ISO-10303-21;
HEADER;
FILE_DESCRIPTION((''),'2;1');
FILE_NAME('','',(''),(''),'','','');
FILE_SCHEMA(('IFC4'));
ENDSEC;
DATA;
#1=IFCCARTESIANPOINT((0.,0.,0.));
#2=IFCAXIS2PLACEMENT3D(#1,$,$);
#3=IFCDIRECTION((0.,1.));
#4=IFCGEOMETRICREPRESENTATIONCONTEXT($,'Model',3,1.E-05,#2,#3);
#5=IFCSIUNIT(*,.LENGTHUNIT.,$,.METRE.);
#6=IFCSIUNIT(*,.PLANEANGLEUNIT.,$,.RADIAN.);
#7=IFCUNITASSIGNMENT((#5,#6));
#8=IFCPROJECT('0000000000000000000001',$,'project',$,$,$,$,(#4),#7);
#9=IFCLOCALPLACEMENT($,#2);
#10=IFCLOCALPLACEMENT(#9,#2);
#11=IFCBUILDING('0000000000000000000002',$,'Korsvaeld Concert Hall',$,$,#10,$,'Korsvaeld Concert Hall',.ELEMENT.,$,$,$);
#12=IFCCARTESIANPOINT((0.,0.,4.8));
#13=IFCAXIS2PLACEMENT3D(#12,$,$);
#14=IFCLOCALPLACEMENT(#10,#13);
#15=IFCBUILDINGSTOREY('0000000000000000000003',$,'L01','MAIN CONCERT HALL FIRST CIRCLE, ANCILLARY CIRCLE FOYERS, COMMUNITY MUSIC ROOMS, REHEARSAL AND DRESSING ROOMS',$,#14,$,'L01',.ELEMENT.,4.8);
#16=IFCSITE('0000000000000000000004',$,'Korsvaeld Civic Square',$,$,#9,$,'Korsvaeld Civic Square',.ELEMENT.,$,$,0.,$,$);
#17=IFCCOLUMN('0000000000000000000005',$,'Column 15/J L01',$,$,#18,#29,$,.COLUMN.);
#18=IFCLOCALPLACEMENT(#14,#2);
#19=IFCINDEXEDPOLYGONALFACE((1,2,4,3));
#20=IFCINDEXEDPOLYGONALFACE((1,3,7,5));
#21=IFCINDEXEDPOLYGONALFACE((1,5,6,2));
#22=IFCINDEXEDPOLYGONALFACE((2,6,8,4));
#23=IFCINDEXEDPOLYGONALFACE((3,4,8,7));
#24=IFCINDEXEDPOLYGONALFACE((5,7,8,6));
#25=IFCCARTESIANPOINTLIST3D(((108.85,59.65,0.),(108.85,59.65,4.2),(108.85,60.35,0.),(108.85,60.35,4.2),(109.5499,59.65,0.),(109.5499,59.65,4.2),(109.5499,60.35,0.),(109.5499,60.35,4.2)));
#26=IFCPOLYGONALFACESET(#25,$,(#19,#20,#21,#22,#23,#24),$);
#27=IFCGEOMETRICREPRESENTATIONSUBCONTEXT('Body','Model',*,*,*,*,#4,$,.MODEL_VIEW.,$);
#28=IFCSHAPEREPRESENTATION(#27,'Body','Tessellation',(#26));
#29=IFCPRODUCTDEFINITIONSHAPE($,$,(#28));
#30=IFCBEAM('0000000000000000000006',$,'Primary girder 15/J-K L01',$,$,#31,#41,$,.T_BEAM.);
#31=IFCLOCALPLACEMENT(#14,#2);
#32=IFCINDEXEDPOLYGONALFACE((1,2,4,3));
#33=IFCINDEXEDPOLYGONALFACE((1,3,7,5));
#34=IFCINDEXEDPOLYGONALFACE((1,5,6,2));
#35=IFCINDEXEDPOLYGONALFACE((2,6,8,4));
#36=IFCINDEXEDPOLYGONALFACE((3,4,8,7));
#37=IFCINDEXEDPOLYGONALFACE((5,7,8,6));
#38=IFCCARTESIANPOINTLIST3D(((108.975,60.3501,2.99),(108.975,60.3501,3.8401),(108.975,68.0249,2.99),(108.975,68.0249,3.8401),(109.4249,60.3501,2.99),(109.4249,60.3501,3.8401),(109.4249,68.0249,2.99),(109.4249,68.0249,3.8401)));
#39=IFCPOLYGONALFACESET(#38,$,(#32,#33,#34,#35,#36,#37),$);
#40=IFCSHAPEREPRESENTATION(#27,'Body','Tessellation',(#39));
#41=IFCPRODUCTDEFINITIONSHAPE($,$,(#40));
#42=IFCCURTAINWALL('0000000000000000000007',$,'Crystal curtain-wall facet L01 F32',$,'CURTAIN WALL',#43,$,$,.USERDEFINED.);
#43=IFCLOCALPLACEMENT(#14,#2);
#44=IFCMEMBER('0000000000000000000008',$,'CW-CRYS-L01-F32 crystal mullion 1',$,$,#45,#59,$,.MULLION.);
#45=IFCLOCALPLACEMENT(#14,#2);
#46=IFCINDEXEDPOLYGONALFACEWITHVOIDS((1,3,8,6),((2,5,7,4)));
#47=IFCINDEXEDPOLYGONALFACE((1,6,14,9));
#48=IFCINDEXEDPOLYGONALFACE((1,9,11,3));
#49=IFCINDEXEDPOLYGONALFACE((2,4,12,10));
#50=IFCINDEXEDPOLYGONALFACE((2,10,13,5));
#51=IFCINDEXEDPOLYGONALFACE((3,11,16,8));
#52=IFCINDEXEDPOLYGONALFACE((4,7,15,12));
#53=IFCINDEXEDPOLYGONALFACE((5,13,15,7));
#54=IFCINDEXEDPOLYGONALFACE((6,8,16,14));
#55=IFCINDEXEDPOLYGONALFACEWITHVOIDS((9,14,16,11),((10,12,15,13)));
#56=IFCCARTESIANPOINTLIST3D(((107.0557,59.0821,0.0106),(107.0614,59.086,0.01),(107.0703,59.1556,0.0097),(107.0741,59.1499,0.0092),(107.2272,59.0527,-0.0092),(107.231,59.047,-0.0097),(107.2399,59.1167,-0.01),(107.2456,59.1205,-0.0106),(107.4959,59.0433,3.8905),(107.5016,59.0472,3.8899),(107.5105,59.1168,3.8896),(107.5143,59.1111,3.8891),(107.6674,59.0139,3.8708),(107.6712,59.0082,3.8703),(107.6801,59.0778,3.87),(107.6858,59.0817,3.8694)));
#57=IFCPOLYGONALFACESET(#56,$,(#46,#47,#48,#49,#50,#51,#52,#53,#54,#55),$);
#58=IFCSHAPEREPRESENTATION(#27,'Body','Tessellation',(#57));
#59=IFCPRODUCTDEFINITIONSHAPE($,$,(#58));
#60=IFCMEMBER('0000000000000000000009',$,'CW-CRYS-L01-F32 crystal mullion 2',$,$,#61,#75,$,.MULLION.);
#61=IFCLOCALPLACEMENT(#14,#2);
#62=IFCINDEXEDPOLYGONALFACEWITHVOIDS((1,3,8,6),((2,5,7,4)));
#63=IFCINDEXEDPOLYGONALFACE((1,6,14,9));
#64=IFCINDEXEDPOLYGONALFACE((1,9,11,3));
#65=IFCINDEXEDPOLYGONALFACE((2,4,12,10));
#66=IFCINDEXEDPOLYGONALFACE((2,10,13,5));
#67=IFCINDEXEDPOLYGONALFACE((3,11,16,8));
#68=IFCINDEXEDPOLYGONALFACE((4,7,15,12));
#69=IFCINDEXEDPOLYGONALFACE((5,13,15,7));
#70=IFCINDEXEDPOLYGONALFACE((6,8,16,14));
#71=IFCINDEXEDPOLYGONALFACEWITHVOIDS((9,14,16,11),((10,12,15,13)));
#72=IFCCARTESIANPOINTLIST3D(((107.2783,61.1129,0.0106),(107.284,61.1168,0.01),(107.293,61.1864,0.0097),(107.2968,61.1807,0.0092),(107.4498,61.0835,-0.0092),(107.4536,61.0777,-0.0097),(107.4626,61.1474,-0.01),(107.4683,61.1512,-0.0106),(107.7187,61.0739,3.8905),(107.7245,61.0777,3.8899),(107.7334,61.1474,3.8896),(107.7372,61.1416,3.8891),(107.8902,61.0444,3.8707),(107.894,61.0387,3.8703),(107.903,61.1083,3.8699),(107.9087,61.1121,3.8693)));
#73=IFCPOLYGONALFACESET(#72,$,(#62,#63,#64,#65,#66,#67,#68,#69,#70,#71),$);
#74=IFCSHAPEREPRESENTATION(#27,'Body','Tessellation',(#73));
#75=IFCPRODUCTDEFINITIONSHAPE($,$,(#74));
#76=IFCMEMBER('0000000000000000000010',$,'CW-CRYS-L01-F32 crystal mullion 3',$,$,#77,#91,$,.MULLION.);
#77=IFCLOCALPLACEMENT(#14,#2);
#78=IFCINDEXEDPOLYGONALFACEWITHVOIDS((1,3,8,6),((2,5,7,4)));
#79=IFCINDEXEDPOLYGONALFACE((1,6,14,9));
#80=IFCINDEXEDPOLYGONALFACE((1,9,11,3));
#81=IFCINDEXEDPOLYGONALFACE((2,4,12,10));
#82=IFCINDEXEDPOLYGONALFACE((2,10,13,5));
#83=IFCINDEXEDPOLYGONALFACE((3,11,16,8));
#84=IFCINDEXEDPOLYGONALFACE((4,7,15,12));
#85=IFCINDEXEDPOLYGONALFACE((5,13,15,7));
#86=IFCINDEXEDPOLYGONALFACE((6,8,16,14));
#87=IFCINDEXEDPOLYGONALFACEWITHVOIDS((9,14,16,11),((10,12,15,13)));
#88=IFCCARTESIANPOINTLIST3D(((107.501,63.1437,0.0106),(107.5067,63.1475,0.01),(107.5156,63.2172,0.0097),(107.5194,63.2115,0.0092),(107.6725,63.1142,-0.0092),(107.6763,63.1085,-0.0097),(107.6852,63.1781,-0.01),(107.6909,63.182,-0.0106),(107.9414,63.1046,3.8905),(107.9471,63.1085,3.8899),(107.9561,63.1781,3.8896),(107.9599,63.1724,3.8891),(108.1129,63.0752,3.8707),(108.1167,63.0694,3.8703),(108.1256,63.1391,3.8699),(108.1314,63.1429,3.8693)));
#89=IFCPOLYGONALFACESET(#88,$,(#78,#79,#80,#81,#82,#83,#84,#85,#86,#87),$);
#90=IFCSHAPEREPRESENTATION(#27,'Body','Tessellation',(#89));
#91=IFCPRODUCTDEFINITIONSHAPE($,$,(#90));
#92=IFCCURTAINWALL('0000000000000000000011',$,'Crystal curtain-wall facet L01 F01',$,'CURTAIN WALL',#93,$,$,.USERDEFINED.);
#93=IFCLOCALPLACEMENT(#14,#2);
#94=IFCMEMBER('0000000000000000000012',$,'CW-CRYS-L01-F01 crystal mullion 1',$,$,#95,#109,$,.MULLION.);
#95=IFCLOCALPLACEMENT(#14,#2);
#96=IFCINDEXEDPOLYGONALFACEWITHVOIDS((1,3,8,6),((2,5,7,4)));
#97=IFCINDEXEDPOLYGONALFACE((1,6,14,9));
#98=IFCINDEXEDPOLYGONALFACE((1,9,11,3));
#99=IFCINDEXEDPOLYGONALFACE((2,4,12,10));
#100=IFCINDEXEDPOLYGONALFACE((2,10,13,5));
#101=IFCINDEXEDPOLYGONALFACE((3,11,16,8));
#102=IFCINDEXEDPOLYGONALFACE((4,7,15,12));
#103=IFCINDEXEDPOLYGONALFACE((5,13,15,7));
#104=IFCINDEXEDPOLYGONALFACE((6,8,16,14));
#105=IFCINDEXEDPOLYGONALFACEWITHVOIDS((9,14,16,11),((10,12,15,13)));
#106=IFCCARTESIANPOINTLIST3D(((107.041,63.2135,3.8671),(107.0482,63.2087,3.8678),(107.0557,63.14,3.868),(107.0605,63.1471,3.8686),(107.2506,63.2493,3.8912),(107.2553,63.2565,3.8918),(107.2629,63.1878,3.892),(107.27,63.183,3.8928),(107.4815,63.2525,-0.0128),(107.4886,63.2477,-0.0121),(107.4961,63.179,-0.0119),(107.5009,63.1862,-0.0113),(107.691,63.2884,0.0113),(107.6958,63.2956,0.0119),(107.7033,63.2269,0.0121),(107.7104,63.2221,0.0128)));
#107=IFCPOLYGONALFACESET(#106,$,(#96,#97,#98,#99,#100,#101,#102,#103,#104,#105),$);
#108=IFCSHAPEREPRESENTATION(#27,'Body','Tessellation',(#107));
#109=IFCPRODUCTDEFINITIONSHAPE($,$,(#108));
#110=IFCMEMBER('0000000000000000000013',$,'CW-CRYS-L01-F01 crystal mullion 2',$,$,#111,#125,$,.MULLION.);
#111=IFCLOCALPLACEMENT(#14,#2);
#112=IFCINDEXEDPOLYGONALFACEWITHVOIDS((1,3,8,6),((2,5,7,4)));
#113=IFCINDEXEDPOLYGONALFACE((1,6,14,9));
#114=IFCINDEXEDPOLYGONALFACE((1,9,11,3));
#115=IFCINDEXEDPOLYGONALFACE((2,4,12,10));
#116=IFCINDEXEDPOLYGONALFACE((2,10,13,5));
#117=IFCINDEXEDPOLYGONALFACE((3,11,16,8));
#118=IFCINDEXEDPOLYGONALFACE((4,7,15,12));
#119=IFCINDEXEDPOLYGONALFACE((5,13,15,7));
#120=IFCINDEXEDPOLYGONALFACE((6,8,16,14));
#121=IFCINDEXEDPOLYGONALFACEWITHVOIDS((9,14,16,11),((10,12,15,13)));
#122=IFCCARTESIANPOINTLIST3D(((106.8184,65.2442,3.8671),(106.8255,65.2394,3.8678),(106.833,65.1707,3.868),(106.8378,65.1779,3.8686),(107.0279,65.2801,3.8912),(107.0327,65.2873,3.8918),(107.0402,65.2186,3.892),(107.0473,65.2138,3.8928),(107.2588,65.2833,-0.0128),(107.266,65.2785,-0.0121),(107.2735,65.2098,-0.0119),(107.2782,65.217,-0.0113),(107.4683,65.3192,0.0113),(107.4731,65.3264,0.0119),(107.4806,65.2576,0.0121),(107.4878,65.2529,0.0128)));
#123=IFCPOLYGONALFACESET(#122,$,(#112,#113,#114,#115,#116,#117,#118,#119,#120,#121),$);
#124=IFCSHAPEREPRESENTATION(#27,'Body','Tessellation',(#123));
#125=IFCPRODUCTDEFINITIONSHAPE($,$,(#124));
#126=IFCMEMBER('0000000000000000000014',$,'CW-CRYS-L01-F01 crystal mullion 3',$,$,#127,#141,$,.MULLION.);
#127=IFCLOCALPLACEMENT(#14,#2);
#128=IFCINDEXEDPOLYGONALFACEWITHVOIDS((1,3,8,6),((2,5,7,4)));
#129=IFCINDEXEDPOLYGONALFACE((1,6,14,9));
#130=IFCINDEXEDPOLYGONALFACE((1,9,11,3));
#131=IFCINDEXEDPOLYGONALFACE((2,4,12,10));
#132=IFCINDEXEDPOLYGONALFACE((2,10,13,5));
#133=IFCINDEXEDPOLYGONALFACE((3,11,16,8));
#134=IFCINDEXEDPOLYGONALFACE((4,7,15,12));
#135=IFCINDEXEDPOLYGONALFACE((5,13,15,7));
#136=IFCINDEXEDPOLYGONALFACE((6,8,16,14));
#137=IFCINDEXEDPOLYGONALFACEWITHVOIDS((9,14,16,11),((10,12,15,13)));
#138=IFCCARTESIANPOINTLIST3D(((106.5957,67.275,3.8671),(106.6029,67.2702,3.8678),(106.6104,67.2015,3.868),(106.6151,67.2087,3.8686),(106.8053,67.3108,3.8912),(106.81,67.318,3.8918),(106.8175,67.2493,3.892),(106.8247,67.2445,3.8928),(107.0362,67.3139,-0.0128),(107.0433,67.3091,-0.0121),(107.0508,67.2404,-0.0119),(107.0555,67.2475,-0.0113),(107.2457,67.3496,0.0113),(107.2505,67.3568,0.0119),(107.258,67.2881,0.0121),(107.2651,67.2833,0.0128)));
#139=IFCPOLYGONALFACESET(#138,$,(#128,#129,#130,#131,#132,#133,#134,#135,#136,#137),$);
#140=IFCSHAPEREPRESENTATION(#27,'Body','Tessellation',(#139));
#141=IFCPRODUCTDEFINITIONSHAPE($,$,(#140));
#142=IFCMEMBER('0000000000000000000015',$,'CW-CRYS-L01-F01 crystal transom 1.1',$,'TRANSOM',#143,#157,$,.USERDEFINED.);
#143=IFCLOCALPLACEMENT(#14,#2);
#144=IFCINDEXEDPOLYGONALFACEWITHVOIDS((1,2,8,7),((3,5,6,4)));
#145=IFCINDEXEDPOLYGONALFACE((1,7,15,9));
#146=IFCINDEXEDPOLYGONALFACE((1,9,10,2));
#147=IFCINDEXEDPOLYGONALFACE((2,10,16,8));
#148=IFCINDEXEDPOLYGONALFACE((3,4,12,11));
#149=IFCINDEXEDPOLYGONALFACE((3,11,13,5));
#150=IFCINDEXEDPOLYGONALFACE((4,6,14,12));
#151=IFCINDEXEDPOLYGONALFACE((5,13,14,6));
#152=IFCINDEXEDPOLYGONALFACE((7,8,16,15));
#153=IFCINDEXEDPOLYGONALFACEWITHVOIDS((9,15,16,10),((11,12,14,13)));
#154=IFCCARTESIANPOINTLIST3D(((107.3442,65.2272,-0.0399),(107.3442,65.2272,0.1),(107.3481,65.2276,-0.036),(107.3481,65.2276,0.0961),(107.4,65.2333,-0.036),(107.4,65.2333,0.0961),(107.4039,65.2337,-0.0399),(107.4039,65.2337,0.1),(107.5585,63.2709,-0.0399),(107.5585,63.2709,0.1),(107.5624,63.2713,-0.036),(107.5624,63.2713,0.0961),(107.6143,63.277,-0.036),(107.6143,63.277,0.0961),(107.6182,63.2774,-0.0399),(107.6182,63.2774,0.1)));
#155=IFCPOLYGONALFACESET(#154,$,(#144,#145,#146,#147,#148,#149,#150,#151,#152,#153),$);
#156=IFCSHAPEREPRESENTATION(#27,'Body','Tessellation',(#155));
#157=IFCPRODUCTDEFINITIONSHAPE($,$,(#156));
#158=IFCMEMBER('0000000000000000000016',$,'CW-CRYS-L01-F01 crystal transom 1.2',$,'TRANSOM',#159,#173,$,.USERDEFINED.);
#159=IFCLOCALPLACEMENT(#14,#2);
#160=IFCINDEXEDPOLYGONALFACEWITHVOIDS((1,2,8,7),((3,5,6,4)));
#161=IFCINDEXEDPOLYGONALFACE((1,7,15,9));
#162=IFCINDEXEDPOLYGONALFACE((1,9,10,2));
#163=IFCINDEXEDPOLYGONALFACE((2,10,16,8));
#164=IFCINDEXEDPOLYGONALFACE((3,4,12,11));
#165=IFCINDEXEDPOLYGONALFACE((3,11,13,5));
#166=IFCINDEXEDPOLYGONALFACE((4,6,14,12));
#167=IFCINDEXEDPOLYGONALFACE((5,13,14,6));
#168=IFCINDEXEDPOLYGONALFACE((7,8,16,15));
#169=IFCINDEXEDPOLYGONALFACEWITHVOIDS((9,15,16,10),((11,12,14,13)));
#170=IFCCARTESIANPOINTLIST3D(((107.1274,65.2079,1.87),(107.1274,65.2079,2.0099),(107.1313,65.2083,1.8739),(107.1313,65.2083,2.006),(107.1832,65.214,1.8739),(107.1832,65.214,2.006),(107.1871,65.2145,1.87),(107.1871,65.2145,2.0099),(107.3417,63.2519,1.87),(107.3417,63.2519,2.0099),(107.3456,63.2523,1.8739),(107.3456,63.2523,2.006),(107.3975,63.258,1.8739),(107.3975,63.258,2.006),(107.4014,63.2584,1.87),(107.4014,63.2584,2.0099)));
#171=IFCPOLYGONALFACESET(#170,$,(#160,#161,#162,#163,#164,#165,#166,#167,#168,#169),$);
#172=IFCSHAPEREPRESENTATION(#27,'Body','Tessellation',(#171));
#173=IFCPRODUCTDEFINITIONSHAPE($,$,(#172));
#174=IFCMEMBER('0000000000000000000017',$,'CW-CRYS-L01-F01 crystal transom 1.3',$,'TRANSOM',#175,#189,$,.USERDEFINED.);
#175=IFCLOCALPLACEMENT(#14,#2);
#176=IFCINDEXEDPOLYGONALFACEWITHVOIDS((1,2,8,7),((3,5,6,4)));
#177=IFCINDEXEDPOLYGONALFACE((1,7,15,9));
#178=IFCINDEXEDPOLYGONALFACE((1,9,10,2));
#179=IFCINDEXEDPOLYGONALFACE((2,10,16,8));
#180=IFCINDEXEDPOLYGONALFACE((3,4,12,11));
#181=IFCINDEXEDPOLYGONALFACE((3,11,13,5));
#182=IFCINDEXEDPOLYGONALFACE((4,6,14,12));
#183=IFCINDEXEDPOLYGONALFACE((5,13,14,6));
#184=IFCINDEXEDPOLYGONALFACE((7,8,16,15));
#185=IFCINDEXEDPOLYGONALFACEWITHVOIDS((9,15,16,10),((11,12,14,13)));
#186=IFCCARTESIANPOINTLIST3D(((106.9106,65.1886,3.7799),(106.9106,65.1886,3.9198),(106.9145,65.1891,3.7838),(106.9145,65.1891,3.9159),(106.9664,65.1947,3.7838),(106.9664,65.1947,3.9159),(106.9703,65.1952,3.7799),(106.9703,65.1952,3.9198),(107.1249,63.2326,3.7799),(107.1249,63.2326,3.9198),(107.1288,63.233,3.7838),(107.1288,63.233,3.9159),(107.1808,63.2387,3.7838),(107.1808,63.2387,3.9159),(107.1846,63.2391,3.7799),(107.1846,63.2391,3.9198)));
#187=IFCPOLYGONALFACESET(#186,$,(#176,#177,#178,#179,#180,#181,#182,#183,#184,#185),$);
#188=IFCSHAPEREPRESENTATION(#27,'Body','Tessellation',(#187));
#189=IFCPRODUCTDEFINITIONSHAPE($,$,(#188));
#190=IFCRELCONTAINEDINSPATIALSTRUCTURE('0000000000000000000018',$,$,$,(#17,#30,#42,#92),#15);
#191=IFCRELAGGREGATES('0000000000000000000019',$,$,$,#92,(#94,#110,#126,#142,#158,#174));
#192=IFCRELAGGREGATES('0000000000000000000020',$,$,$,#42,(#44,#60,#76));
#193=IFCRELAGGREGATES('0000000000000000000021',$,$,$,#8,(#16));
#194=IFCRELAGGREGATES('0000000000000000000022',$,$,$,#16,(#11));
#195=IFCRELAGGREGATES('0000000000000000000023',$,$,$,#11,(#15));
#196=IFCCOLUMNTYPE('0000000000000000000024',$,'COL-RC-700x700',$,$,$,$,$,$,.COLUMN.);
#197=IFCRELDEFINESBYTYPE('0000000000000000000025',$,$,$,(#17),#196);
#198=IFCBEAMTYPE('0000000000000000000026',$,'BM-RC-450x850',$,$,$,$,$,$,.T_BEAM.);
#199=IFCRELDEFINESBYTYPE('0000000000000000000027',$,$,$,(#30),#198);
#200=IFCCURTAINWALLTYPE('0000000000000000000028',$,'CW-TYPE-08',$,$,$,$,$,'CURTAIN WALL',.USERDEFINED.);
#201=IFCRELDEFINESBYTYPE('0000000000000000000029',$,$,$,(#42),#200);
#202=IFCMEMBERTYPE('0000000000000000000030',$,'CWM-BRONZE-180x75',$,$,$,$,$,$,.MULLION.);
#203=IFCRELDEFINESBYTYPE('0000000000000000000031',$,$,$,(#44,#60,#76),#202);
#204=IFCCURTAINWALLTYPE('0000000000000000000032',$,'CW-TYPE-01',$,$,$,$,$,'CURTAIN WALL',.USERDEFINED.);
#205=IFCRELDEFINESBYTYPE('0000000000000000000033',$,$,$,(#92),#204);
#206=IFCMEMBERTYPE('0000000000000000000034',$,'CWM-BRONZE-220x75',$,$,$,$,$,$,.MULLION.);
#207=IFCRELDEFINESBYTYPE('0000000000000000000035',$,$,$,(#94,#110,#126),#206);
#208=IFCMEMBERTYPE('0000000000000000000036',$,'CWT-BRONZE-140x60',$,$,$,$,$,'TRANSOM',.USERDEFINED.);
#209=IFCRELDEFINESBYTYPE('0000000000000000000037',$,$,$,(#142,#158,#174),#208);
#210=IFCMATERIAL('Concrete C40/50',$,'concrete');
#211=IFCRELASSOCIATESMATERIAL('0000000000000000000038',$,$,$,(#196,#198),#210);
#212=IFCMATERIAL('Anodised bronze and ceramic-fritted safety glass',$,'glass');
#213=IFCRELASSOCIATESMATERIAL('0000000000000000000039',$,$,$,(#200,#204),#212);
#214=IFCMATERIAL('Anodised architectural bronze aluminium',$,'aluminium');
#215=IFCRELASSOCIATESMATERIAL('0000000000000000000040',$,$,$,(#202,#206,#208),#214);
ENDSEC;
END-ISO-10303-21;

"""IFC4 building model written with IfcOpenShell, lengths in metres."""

from ifc_helpers import new_model, si_unit, direction, frame, origin, origin_2d, place, context, subcontext, project, spatial, rectangle, hollow_rectangle, extrude, material, material_profile, profile_set, type_object, element, aggregate, save


model = new_model("IFC4")

# Units and contexts
model_context = context("Model", 3, precision=1e-05, world=origin(), true_north=direction((0.0, 1.0)))
body_context = subcontext(model_context, "Body", "Model", "MODEL_VIEW")
ifc_project = project(units=[si_unit("LENGTHUNIT", "METRE"), si_unit("PLANEANGLEUNIT", "RADIAN")], contexts=[model_context])

# Site, building, storey
site_placement = place(None, origin())
site = spatial("IfcSite", under=ifc_project, at=site_placement, Name="Korsvaeld Civic Square", LongName="Korsvaeld Civic Square", CompositionType="ELEMENT", RefElevation=0.0)
building_placement = place(site_placement, origin())
building = spatial("IfcBuilding", under=site, at=building_placement, Name="Korsvaeld Concert Hall", LongName="Korsvaeld Concert Hall", CompositionType="ELEMENT")
storey_placement = place(building_placement, frame((0.0, 0.0, 4.8)))
storey = spatial("IfcBuildingStorey", under=building, at=storey_placement, Name="L01", Description="MAIN CONCERT HALL FIRST CIRCLE, ANCILLARY CIRCLE FOYERS, COMMUNITY MUSIC ROOMS, REHEARSAL AND DRESSING ROOMS", LongName="L01", CompositionType="ELEMENT", Elevation=4.8)

# Column
ifc_material_1 = material(Name="Concrete C40/50", Category="concrete")
ifc_material_profile_1 = material_profile(ifc_material_1, rectangle(XDim=0.7, YDim=0.7, at=origin_2d()), Name="RC 700x700")
ifc_profile_set_1 = profile_set([ifc_material_profile_1], Name="Concrete C40/50")
column_type = type_object("IfcColumnType", Name="COL-RC-700x700", PredefinedType="COLUMN", material=ifc_profile_set_1)
column_placement = place(storey_placement, frame((109.2, 60.0, 0.0), z_axis=(0.0, 0.0, 1.0), x_axis=(1.0, 0.0, 0.0)))
element("IfcColumn", 1, at=column_placement, inside=storey, type_object=column_type, Name="Column 15/J L01", PredefinedType="COLUMN", context=body_context, shape_type="SweptSolid", body=[
    extrude(rectangle(XDim=0.7, YDim=0.7, at=origin_2d()), origin(), (0.0, 0.0, 1.0), 4.2),
])

# Beam
ifc_material_profile_2 = material_profile(ifc_material_1, rectangle(XDim=0.45, YDim=0.8501, at=origin_2d()), Name="RC 450x850")
ifc_profile_set_2 = profile_set([ifc_material_profile_2], Name="Concrete C40/50")
beam_type = type_object("IfcBeamType", Name="BM-RC-450x850", PredefinedType="T_BEAM", material=ifc_profile_set_2)
beam_placement = place(storey_placement, frame((109.2, 60.3501, 3.415), z_axis=(0.0, 1.0, 0.0), x_axis=(-1.0, 0.0, 0.0)))
element("IfcBeam", 2, at=beam_placement, inside=storey, type_object=beam_type, Name="Primary girder 15/J-K L01", PredefinedType="T_BEAM", context=body_context, shape_type="SweptSolid", body=[
    extrude(rectangle(XDim=0.45, YDim=0.8501, at=origin_2d()), origin(), (0.0, 0.0, 1.0), 7.6748),
])

# Curtain walls, members
ifc_material_2 = material(Name="Anodised bronze and ceramic-fritted safety glass", Category="glass")
curtain_wall_type_1 = type_object("IfcCurtainWallType", Name="CW-TYPE-08", ElementType="CURTAIN WALL", PredefinedType="USERDEFINED", material=ifc_material_2)
curtain_wall_1_placement = place(storey_placement, origin())
curtain_wall_1 = element("IfcCurtainWall", 3, at=curtain_wall_1_placement, inside=storey, type_object=curtain_wall_type_1, Name="Crystal curtain-wall facet L01 F32", ObjectType="CURTAIN WALL", PredefinedType="USERDEFINED")
ifc_material_3 = material(Name="Anodised architectural bronze aluminium", Category="aluminium")
ifc_material_profile_3 = material_profile(ifc_material_3, hollow_rectangle(XDim=0.075, YDim=0.1799, WallThickness=0.0049, at=origin_2d()), Name="CWM 180x75x5")
ifc_profile_set_3 = profile_set([ifc_material_profile_3], Name="Anodised architectural bronze aluminium")
member_type_1 = type_object("IfcMemberType", Name="CWM-BRONZE-180x75", PredefinedType="MULLION", material=ifc_profile_set_3)
member_1_placement = place(storey_placement, frame((107.1506, 59.1013, 0.0), z_axis=(0.112725, -0.009941, 0.993577), x_axis=(-0.1952, -0.980686, 0.012334)))
member_1 = element("IfcMember", 4, at=member_1_placement, type_object=member_type_1, Name="CW-CRYS-L01-F32 crystal mullion 1", PredefinedType="MULLION", context=body_context, shape_type="SweptSolid", body=[
    extrude(hollow_rectangle(XDim=0.075, YDim=0.1799, WallThickness=0.0049, at=origin_2d()), origin(), (0.0, 0.0, 1.0), 3.905),
])
member_2_placement = place(storey_placement, frame((107.3733, 61.1321, 0.0), z_axis=(0.112786, -0.010003, 0.993569), x_axis=(-0.195691, -0.980588, 0.012342)))
member_2 = element("IfcMember", 5, at=member_2_placement, type_object=member_type_1, Name="CW-CRYS-L01-F32 crystal mullion 2", PredefinedType="MULLION", context=body_context, shape_type="SweptSolid", body=[
    extrude(hollow_rectangle(XDim=0.075, YDim=0.1799, WallThickness=0.0049, at=origin_2d()), origin(), (0.0, 0.0, 1.0), 3.905),
])
member_3_placement = place(storey_placement, frame((107.5959, 63.1628, 0.0), z_axis=(0.112786, -0.010003, 0.993569), x_axis=(-0.195691, -0.980588, 0.012342)))
member_3 = element("IfcMember", 6, at=member_3_placement, type_object=member_type_1, Name="CW-CRYS-L01-F32 crystal mullion 3", PredefinedType="MULLION", context=body_context, shape_type="SweptSolid", body=[
    extrude(hollow_rectangle(XDim=0.075, YDim=0.1799, WallThickness=0.0049, at=origin_2d()), origin(), (0.0, 0.0, 1.0), 3.905),
])
curtain_wall_type_2 = type_object("IfcCurtainWallType", Name="CW-TYPE-01", ElementType="CURTAIN WALL", PredefinedType="USERDEFINED", material=ifc_material_2)
curtain_wall_2_placement = place(storey_placement, origin())
curtain_wall_2 = element("IfcCurtainWall", 7, at=curtain_wall_2_placement, inside=storey, type_object=curtain_wall_type_2, Name="Crystal curtain-wall facet L01 F01", ObjectType="CURTAIN WALL", PredefinedType="USERDEFINED")
ifc_material_profile_4 = material_profile(ifc_material_3, hollow_rectangle(XDim=0.075, YDim=0.22, WallThickness=0.0061, at=origin_2d()), Name="CWM 220x75x6")
ifc_profile_set_4 = profile_set([ifc_material_profile_4], Name="Anodised architectural bronze aluminium")
member_type_2 = type_object("IfcMemberType", Name="CWM-BRONZE-220x75", PredefinedType="MULLION", material=ifc_profile_set_4)
member_4_placement = place(storey_placement, frame((107.5959, 63.2373, 0.0), z_axis=(-0.112786, -0.010003, 0.993569), x_axis=(-0.195691, 0.980588, -0.012342)))
member_4 = element("IfcMember", 8, at=member_4_placement, type_object=member_type_2, Name="CW-CRYS-L01-F01 crystal mullion 1", PredefinedType="MULLION", context=body_context, shape_type="SweptSolid", body=[
    extrude(hollow_rectangle(XDim=0.075, YDim=0.22, WallThickness=0.0061, at=origin_2d()), origin(), (0.0, 0.0, 1.0), 3.905),
])
member_5_placement = place(storey_placement, frame((107.3733, 65.2681, 0.0), z_axis=(-0.112786, -0.010003, 0.993569), x_axis=(-0.195691, 0.980588, -0.012342)))
member_5 = element("IfcMember", 9, at=member_5_placement, type_object=member_type_2, Name="CW-CRYS-L01-F01 crystal mullion 2", PredefinedType="MULLION", context=body_context, shape_type="SweptSolid", body=[
    extrude(hollow_rectangle(XDim=0.075, YDim=0.22, WallThickness=0.0061, at=origin_2d()), origin(), (0.0, 0.0, 1.0), 3.905),
])
member_6_placement = place(storey_placement, frame((107.1506, 67.2986, 0.0), z_axis=(-0.112786, -0.009941, 0.99357), x_axis=(-0.195151, 0.980695, -0.012341)))
member_6 = element("IfcMember", 10, at=member_6_placement, type_object=member_type_2, Name="CW-CRYS-L01-F01 crystal mullion 3", PredefinedType="MULLION", context=body_context, shape_type="SweptSolid", body=[
    extrude(hollow_rectangle(XDim=0.075, YDim=0.22, WallThickness=0.0061, at=origin_2d()), origin(), (0.0, 0.0, 1.0), 3.905),
])
ifc_material_profile_5 = material_profile(ifc_material_3, hollow_rectangle(XDim=0.0601, YDim=0.1399, WallThickness=0.0039, at=origin_2d()), Name="CWT 140x60x4")
ifc_profile_set_5 = profile_set([ifc_material_profile_5], Name="Anodised architectural bronze aluminium")
member_type_3 = type_object("IfcMemberType", Name="CWT-BRONZE-140x60", ElementType="TRANSOM", PredefinedType="USERDEFINED", material=ifc_profile_set_5)
member_7_placement = place(storey_placement, frame((107.5884, 63.2742, 0.03), z_axis=(-0.10892, 0.994051, 0.0), x_axis=(-0.994051, -0.10892, 0.0)))
member_7 = element("IfcMember", 11, at=member_7_placement, type_object=member_type_3, Name="CW-CRYS-L01-F01 crystal transom 1.1", ObjectType="TRANSOM", PredefinedType="USERDEFINED", context=body_context, shape_type="SweptSolid", body=[
    extrude(hollow_rectangle(XDim=0.0601, YDim=0.1399, WallThickness=0.0039, at=origin_2d()), origin(), (0.0, 0.0, 1.0), 1.968),
])
member_8_placement = place(storey_placement, frame((107.3716, 63.2551, 1.9399), z_axis=(-0.108933, 0.994049, 0.0), x_axis=(-0.994049, -0.108933, 0.0)))
member_8 = element("IfcMember", 12, at=member_8_placement, type_object=member_type_3, Name="CW-CRYS-L01-F01 crystal transom 1.2", ObjectType="TRANSOM", PredefinedType="USERDEFINED", context=body_context, shape_type="SweptSolid", body=[
    extrude(hollow_rectangle(XDim=0.0601, YDim=0.1399, WallThickness=0.0039, at=origin_2d()), origin(), (0.0, 0.0, 1.0), 1.9678),
])
member_9_placement = place(storey_placement, frame((107.1548, 63.2358, 3.8499), z_axis=(-0.108933, 0.994049, 0.0), x_axis=(-0.994049, -0.108933, 0.0)))
member_9 = element("IfcMember", 13, at=member_9_placement, type_object=member_type_3, Name="CW-CRYS-L01-F01 crystal transom 1.3", ObjectType="TRANSOM", PredefinedType="USERDEFINED", context=body_context, shape_type="SweptSolid", body=[
    extrude(hollow_rectangle(XDim=0.0601, YDim=0.1399, WallThickness=0.0039, at=origin_2d()), origin(), (0.0, 0.0, 1.0), 1.9678),
])

aggregate(curtain_wall_2, [member_4, member_5, member_6, member_7, member_8, member_9])
aggregate(curtain_wall_1, [member_1, member_2, member_3])

save(model, "model.ifc")
